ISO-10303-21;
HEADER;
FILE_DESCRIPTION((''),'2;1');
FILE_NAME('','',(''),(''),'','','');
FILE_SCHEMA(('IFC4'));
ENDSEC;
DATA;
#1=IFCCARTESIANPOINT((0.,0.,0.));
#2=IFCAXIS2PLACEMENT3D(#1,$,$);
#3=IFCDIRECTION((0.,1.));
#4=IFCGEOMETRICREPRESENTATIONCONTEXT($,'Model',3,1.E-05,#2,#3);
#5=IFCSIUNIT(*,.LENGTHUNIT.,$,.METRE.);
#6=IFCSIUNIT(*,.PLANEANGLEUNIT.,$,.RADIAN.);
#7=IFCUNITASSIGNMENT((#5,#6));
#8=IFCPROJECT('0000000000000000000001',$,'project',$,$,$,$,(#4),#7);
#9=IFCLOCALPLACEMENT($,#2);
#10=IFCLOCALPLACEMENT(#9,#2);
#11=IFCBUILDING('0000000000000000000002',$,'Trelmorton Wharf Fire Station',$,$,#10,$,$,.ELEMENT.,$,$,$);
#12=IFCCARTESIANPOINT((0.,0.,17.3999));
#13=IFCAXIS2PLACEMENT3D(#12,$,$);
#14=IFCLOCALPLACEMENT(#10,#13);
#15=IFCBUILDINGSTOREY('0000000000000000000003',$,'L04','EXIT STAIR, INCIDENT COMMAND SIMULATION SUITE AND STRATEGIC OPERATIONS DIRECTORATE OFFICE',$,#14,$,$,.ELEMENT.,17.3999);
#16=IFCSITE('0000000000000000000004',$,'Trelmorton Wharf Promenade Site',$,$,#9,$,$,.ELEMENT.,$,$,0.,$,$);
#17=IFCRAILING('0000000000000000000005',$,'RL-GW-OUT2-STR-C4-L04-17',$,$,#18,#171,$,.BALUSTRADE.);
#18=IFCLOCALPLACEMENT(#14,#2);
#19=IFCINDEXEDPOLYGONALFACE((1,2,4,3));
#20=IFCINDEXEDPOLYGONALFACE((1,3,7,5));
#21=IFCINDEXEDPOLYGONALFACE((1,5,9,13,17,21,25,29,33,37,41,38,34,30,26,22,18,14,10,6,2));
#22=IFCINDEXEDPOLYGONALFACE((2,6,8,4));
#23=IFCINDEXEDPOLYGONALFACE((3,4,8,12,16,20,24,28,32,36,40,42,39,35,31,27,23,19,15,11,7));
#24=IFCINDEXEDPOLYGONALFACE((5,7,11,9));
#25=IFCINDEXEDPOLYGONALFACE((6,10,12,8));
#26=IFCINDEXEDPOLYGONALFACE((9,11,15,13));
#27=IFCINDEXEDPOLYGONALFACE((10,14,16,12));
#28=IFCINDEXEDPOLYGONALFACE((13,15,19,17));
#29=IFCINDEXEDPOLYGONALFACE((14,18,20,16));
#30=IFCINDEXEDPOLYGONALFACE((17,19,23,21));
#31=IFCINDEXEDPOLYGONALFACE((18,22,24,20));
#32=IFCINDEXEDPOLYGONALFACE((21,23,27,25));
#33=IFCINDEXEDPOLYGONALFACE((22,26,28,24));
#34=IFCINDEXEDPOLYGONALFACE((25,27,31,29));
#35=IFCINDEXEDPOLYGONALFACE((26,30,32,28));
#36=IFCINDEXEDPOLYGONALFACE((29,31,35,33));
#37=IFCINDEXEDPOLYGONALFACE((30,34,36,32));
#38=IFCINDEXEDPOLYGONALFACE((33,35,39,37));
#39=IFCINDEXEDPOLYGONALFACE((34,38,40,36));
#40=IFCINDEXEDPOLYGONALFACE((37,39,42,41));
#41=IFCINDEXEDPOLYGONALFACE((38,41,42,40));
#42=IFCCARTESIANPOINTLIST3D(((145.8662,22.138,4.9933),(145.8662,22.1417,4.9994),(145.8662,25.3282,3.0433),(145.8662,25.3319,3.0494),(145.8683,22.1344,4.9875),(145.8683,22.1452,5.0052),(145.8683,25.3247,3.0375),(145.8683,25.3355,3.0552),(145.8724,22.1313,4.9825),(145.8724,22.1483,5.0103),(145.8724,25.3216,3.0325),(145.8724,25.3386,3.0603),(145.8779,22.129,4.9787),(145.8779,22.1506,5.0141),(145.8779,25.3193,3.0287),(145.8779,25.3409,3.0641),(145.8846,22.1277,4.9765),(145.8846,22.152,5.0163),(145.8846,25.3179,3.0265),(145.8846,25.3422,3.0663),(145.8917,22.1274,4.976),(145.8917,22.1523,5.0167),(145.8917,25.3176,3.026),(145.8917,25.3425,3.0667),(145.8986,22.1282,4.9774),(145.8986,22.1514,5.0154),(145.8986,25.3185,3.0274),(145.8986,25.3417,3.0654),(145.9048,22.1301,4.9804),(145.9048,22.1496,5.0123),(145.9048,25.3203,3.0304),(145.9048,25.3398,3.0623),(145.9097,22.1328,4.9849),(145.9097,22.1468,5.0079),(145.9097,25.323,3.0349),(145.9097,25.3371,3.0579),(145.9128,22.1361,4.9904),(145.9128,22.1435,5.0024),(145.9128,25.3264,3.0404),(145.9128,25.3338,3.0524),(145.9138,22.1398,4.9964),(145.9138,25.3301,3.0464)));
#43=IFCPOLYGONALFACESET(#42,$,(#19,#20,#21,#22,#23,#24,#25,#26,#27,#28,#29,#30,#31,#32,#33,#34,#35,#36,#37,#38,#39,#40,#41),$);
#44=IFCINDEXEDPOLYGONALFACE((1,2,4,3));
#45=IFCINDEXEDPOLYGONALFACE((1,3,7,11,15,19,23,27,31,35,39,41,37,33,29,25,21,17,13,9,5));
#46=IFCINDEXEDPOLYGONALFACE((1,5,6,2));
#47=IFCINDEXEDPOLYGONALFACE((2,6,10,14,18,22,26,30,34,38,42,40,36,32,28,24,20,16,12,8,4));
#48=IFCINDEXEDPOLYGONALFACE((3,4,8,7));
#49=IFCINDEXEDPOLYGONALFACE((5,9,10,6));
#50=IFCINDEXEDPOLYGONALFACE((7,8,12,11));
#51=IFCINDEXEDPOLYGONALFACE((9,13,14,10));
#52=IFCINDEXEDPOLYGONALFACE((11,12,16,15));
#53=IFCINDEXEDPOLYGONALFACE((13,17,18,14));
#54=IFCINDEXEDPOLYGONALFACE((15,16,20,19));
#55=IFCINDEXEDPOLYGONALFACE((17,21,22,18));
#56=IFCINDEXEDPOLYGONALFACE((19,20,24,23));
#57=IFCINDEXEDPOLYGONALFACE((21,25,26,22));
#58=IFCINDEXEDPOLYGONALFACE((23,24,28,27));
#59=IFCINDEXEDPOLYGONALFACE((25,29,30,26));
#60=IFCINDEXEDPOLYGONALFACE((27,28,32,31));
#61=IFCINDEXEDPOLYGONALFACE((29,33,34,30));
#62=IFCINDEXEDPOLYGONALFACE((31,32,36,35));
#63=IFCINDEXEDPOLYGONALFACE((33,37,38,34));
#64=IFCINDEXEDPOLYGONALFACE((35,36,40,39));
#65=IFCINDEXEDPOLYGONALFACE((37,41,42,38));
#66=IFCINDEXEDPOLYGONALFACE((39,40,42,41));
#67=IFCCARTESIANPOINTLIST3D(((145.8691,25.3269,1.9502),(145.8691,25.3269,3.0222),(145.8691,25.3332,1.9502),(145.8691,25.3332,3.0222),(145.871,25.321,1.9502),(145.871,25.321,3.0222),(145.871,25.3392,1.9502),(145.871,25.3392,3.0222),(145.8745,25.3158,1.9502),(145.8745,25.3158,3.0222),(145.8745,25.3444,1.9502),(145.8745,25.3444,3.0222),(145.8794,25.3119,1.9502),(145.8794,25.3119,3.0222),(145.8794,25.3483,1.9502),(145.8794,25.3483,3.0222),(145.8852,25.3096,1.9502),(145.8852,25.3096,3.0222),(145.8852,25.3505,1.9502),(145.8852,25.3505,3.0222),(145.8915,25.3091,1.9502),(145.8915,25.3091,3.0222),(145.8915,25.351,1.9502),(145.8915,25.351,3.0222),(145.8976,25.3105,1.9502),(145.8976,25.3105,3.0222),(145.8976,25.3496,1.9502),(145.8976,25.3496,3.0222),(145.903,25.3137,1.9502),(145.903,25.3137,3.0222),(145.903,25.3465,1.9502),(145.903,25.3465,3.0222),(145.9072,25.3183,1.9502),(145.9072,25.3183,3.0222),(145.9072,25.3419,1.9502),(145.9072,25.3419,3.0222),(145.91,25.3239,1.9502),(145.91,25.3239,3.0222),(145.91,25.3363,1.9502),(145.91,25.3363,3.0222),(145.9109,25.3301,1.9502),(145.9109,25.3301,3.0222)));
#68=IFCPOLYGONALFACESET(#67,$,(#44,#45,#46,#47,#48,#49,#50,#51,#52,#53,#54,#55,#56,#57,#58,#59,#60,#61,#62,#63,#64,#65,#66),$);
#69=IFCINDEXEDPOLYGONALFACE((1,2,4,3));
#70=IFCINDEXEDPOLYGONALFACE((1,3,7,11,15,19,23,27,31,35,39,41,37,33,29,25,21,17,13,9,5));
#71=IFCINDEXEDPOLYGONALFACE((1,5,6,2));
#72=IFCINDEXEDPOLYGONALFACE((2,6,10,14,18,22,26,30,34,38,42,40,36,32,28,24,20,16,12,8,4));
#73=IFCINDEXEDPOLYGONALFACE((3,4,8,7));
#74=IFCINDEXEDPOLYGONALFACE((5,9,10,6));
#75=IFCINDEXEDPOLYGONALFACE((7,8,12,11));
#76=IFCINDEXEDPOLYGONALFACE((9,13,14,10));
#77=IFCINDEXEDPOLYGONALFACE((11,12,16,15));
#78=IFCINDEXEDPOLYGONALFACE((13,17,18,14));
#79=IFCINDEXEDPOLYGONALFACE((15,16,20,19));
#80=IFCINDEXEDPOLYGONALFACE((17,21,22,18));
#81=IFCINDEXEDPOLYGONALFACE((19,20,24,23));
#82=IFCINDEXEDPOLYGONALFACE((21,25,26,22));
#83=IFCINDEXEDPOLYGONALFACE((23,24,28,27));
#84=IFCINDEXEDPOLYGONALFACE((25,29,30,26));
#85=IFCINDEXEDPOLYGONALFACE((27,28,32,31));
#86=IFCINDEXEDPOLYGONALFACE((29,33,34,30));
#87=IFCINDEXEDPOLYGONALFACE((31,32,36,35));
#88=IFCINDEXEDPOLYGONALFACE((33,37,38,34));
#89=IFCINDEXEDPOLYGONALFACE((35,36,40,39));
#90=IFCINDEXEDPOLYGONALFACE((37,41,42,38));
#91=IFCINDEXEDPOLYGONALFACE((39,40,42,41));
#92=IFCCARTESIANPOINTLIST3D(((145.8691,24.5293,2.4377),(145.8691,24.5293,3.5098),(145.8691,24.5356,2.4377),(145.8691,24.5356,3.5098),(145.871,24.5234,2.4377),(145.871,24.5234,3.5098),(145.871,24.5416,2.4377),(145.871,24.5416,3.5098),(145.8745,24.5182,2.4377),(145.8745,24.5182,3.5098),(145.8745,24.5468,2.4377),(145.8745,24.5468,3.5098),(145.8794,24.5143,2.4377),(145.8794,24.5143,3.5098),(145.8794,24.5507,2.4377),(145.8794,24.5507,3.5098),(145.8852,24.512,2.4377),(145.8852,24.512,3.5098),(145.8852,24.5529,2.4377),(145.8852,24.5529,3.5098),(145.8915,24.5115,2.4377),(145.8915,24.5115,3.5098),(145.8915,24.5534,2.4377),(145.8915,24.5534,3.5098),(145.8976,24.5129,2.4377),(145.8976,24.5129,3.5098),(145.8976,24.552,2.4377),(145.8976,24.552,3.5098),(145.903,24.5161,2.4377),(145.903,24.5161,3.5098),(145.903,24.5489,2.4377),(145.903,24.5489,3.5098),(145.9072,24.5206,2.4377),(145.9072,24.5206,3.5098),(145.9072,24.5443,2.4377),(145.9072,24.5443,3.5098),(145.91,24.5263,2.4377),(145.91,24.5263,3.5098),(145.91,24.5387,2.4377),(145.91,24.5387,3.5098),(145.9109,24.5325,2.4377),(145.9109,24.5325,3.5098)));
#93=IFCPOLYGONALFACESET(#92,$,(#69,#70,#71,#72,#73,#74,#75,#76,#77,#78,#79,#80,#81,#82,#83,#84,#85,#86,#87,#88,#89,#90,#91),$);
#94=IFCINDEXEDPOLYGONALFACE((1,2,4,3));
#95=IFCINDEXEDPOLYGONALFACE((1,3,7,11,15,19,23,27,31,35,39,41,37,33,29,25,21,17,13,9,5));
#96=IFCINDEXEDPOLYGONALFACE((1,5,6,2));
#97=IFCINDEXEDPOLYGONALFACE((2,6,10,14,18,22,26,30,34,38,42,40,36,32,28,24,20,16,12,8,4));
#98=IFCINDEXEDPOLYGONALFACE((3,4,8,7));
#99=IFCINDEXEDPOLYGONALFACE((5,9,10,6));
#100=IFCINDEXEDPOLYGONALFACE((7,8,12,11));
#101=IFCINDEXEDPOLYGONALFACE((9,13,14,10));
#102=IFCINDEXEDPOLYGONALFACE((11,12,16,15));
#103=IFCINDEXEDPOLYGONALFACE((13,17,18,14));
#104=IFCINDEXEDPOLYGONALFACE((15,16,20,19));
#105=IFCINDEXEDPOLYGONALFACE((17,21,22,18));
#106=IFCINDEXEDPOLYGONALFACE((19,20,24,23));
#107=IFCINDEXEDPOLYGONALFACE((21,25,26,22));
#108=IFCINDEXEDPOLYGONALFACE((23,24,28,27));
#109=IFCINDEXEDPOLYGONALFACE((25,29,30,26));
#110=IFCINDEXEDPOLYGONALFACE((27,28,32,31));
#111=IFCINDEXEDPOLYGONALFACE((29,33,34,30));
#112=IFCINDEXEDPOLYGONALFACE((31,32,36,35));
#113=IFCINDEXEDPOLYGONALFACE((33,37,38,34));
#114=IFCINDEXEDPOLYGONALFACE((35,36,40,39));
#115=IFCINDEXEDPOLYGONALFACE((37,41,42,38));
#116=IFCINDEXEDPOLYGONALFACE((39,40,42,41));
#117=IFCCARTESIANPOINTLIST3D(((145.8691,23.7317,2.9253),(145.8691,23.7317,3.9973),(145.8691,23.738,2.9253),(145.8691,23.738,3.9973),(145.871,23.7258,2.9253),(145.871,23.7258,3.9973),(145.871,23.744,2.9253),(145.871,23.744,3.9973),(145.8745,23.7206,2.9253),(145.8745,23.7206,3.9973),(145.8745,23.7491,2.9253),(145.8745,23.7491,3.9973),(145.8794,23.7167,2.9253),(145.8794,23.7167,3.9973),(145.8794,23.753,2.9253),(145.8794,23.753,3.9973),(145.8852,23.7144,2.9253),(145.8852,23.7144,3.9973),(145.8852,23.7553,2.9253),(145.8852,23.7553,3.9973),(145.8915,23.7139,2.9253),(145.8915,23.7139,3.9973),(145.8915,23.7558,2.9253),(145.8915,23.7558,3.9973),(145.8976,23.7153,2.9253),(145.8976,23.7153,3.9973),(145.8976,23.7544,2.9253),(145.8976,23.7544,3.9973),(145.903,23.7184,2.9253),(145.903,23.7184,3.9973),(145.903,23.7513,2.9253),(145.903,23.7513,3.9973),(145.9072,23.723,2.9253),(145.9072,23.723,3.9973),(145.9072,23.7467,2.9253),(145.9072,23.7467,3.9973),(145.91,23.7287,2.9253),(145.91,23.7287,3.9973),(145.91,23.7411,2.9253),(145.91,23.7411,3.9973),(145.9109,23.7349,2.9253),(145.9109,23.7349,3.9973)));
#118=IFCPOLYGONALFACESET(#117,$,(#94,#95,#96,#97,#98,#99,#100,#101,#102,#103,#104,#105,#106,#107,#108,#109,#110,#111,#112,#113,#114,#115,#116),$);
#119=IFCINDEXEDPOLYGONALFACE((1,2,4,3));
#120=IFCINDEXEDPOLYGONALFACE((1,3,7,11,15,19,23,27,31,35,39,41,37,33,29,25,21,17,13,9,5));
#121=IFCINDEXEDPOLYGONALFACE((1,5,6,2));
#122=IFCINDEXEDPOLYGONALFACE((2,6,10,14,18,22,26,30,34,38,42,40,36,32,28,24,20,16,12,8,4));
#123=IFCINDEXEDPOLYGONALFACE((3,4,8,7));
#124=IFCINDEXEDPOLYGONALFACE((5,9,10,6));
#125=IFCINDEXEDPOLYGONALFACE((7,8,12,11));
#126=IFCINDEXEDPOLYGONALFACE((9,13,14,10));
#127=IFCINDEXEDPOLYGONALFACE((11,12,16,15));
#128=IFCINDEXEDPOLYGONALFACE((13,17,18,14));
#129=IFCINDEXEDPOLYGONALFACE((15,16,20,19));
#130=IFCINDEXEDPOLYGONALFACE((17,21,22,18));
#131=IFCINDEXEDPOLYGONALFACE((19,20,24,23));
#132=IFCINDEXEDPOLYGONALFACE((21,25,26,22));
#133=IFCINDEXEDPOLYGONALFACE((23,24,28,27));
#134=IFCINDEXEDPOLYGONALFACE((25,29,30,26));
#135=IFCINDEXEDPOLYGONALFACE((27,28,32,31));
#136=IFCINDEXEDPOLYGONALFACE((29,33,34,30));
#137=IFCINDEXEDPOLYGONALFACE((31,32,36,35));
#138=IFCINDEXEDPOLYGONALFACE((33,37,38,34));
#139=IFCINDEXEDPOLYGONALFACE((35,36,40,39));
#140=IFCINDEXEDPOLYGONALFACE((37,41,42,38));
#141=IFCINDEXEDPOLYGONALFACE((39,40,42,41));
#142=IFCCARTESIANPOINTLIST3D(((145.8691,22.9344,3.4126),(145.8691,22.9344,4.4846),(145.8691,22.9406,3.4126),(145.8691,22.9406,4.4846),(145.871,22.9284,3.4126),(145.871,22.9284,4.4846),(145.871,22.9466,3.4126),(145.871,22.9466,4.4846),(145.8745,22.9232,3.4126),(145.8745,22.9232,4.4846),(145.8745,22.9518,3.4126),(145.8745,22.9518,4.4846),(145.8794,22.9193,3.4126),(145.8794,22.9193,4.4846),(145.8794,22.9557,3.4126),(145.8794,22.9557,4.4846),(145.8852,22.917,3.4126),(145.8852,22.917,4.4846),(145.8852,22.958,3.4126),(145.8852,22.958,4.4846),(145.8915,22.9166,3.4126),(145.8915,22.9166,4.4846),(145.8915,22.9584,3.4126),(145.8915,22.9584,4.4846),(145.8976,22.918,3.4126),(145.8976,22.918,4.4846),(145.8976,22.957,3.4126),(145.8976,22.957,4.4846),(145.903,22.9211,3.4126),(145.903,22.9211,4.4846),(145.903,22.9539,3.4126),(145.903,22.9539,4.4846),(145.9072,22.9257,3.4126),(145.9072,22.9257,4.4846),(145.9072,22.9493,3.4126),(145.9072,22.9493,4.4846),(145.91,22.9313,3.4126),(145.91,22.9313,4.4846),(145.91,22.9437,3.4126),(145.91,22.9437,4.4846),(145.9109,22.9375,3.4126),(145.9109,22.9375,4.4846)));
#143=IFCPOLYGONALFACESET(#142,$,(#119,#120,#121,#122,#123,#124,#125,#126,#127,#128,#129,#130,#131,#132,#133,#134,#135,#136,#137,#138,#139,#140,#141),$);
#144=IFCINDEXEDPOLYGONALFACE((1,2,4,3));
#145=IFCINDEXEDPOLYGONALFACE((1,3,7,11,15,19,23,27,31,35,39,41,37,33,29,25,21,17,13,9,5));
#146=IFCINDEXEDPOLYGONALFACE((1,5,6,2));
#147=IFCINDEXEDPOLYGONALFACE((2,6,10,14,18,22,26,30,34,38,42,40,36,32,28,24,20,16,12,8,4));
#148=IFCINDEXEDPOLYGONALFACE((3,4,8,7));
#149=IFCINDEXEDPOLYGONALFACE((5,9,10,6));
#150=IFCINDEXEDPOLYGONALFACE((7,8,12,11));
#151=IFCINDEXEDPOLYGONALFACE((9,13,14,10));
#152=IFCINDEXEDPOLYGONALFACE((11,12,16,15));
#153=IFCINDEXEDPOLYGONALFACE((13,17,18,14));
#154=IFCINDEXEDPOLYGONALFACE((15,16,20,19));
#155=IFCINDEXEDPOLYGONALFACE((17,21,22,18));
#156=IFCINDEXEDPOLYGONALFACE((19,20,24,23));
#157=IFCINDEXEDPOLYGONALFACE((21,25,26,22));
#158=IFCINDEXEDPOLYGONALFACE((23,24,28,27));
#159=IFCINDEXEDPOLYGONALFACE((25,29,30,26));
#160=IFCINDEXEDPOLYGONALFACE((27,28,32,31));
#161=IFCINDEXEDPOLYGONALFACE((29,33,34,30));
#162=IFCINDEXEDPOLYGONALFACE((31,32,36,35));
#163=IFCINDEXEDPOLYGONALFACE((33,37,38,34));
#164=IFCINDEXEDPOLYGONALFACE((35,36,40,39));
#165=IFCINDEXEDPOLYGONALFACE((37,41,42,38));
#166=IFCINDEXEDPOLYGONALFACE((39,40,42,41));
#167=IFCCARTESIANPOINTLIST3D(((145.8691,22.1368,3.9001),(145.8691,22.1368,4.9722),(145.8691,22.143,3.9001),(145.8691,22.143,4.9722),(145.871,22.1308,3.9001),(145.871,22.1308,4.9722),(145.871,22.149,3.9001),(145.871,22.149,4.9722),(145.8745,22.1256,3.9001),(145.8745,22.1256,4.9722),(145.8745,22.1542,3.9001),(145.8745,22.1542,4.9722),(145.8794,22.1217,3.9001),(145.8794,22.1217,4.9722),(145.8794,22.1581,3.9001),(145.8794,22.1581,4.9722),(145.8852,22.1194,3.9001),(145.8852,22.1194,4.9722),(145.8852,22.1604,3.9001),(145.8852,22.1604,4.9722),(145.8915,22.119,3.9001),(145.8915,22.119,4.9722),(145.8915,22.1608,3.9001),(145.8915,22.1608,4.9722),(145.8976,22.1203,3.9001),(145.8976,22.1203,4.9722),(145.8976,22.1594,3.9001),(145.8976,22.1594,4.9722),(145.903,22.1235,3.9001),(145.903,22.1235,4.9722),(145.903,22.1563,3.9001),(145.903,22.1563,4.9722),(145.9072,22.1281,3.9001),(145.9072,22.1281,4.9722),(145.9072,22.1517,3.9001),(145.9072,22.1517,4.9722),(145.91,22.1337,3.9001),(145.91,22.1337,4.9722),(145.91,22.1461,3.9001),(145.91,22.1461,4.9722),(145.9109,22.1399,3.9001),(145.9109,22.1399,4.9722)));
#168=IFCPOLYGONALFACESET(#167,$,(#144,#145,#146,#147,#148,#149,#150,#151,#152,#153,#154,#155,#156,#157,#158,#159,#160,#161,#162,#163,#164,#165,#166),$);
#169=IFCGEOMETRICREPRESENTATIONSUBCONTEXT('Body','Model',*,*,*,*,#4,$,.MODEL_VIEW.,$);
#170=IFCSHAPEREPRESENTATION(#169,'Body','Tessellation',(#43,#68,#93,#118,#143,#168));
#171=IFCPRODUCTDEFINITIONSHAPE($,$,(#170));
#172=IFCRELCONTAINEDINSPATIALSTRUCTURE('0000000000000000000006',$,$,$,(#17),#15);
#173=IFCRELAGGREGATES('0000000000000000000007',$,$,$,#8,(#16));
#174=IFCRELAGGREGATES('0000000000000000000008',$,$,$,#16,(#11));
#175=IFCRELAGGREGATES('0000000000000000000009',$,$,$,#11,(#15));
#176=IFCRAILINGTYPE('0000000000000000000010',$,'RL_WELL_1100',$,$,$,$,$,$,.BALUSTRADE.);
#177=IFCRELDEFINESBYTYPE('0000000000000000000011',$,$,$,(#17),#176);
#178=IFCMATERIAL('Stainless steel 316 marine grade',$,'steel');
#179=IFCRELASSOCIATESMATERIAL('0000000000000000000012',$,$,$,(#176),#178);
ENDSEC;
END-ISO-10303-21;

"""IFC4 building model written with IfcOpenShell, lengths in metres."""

from ifc_helpers import new_model, si_unit, direction, frame, origin, origin_2d, place, context, subcontext, project, spatial, circle, extrude, material, type_object, element, save


model = new_model("IFC4")

# Units and contexts
model_context = context("Model", 3, precision=1e-05, world=origin(), true_north=direction((0.0, 1.0)))
body_context = subcontext(model_context, "Body", "Model", "MODEL_VIEW")
ifc_project = project(units=[si_unit("LENGTHUNIT", "METRE"), si_unit("PLANEANGLEUNIT", "RADIAN")], contexts=[model_context])

# Site, building, storey
site_placement = place(None, origin())
site = spatial("IfcSite", under=ifc_project, at=site_placement, Name="Trelmorton Wharf Promenade Site", CompositionType="ELEMENT", RefElevation=0.0)
building_placement = place(site_placement, origin())
building = spatial("IfcBuilding", under=site, at=building_placement, Name="Trelmorton Wharf Fire Station", CompositionType="ELEMENT")
storey_placement = place(building_placement, frame((0.0, 0.0, 17.3999)))
storey = spatial("IfcBuildingStorey", under=building, at=storey_placement, Name="L04", Description="EXIT STAIR, INCIDENT COMMAND SIMULATION SUITE AND STRATEGIC OPERATIONS DIRECTORATE OFFICE", CompositionType="ELEMENT", Elevation=17.3999)

# Shared definitions
ifc_material_1 = material(Name="Stainless steel 316 marine grade", Category="steel")

# Railing
railing_type_1 = type_object("IfcRailingType", Name="RL_WELL_1100", PredefinedType="BALUSTRADE", material=ifc_material_1)
railing_1_placement = place(storey_placement, frame((145.8899, 25.3301, 1.9502)))
element("IfcRailing", 1, at=railing_1_placement, inside=storey, type_object=railing_type_1, Name="RL-GW-OUT2-STR-C4-L04-17", PredefinedType="BALUSTRADE", context=body_context, shape_type="SweptSolid", body=[
    extrude(circle(Radius=0.0239, at=origin_2d()), frame((0.0, 0.0, 1.0962), z_axis=(0.0, -0.853235, 0.521527), x_axis=(1.0, 0.0, 0.0)), (0.0, 0.0, 1.0), 3.739),
    extrude(circle(Radius=0.021, at=origin_2d()), origin(), (0.0, 0.0, 1.0), 1.072),
    extrude(circle(Radius=0.021, at=origin_2d()), frame((0.0, -0.7976, 0.4875)), (0.0, 0.0, 1.0), 1.072),
    extrude(circle(Radius=0.021, at=origin_2d()), frame((0.0, -1.5952, 0.9751)), (0.0, 0.0, 1.0), 1.072),
    extrude(circle(Radius=0.021, at=origin_2d()), frame((0.0, -2.3926, 1.4624)), (0.0, 0.0, 1.0), 1.072),
    extrude(circle(Radius=0.021, at=origin_2d()), frame((0.0, -3.1902, 1.95)), (0.0, 0.0, 1.0), 1.072),
])

save(model, "model.ifc")
